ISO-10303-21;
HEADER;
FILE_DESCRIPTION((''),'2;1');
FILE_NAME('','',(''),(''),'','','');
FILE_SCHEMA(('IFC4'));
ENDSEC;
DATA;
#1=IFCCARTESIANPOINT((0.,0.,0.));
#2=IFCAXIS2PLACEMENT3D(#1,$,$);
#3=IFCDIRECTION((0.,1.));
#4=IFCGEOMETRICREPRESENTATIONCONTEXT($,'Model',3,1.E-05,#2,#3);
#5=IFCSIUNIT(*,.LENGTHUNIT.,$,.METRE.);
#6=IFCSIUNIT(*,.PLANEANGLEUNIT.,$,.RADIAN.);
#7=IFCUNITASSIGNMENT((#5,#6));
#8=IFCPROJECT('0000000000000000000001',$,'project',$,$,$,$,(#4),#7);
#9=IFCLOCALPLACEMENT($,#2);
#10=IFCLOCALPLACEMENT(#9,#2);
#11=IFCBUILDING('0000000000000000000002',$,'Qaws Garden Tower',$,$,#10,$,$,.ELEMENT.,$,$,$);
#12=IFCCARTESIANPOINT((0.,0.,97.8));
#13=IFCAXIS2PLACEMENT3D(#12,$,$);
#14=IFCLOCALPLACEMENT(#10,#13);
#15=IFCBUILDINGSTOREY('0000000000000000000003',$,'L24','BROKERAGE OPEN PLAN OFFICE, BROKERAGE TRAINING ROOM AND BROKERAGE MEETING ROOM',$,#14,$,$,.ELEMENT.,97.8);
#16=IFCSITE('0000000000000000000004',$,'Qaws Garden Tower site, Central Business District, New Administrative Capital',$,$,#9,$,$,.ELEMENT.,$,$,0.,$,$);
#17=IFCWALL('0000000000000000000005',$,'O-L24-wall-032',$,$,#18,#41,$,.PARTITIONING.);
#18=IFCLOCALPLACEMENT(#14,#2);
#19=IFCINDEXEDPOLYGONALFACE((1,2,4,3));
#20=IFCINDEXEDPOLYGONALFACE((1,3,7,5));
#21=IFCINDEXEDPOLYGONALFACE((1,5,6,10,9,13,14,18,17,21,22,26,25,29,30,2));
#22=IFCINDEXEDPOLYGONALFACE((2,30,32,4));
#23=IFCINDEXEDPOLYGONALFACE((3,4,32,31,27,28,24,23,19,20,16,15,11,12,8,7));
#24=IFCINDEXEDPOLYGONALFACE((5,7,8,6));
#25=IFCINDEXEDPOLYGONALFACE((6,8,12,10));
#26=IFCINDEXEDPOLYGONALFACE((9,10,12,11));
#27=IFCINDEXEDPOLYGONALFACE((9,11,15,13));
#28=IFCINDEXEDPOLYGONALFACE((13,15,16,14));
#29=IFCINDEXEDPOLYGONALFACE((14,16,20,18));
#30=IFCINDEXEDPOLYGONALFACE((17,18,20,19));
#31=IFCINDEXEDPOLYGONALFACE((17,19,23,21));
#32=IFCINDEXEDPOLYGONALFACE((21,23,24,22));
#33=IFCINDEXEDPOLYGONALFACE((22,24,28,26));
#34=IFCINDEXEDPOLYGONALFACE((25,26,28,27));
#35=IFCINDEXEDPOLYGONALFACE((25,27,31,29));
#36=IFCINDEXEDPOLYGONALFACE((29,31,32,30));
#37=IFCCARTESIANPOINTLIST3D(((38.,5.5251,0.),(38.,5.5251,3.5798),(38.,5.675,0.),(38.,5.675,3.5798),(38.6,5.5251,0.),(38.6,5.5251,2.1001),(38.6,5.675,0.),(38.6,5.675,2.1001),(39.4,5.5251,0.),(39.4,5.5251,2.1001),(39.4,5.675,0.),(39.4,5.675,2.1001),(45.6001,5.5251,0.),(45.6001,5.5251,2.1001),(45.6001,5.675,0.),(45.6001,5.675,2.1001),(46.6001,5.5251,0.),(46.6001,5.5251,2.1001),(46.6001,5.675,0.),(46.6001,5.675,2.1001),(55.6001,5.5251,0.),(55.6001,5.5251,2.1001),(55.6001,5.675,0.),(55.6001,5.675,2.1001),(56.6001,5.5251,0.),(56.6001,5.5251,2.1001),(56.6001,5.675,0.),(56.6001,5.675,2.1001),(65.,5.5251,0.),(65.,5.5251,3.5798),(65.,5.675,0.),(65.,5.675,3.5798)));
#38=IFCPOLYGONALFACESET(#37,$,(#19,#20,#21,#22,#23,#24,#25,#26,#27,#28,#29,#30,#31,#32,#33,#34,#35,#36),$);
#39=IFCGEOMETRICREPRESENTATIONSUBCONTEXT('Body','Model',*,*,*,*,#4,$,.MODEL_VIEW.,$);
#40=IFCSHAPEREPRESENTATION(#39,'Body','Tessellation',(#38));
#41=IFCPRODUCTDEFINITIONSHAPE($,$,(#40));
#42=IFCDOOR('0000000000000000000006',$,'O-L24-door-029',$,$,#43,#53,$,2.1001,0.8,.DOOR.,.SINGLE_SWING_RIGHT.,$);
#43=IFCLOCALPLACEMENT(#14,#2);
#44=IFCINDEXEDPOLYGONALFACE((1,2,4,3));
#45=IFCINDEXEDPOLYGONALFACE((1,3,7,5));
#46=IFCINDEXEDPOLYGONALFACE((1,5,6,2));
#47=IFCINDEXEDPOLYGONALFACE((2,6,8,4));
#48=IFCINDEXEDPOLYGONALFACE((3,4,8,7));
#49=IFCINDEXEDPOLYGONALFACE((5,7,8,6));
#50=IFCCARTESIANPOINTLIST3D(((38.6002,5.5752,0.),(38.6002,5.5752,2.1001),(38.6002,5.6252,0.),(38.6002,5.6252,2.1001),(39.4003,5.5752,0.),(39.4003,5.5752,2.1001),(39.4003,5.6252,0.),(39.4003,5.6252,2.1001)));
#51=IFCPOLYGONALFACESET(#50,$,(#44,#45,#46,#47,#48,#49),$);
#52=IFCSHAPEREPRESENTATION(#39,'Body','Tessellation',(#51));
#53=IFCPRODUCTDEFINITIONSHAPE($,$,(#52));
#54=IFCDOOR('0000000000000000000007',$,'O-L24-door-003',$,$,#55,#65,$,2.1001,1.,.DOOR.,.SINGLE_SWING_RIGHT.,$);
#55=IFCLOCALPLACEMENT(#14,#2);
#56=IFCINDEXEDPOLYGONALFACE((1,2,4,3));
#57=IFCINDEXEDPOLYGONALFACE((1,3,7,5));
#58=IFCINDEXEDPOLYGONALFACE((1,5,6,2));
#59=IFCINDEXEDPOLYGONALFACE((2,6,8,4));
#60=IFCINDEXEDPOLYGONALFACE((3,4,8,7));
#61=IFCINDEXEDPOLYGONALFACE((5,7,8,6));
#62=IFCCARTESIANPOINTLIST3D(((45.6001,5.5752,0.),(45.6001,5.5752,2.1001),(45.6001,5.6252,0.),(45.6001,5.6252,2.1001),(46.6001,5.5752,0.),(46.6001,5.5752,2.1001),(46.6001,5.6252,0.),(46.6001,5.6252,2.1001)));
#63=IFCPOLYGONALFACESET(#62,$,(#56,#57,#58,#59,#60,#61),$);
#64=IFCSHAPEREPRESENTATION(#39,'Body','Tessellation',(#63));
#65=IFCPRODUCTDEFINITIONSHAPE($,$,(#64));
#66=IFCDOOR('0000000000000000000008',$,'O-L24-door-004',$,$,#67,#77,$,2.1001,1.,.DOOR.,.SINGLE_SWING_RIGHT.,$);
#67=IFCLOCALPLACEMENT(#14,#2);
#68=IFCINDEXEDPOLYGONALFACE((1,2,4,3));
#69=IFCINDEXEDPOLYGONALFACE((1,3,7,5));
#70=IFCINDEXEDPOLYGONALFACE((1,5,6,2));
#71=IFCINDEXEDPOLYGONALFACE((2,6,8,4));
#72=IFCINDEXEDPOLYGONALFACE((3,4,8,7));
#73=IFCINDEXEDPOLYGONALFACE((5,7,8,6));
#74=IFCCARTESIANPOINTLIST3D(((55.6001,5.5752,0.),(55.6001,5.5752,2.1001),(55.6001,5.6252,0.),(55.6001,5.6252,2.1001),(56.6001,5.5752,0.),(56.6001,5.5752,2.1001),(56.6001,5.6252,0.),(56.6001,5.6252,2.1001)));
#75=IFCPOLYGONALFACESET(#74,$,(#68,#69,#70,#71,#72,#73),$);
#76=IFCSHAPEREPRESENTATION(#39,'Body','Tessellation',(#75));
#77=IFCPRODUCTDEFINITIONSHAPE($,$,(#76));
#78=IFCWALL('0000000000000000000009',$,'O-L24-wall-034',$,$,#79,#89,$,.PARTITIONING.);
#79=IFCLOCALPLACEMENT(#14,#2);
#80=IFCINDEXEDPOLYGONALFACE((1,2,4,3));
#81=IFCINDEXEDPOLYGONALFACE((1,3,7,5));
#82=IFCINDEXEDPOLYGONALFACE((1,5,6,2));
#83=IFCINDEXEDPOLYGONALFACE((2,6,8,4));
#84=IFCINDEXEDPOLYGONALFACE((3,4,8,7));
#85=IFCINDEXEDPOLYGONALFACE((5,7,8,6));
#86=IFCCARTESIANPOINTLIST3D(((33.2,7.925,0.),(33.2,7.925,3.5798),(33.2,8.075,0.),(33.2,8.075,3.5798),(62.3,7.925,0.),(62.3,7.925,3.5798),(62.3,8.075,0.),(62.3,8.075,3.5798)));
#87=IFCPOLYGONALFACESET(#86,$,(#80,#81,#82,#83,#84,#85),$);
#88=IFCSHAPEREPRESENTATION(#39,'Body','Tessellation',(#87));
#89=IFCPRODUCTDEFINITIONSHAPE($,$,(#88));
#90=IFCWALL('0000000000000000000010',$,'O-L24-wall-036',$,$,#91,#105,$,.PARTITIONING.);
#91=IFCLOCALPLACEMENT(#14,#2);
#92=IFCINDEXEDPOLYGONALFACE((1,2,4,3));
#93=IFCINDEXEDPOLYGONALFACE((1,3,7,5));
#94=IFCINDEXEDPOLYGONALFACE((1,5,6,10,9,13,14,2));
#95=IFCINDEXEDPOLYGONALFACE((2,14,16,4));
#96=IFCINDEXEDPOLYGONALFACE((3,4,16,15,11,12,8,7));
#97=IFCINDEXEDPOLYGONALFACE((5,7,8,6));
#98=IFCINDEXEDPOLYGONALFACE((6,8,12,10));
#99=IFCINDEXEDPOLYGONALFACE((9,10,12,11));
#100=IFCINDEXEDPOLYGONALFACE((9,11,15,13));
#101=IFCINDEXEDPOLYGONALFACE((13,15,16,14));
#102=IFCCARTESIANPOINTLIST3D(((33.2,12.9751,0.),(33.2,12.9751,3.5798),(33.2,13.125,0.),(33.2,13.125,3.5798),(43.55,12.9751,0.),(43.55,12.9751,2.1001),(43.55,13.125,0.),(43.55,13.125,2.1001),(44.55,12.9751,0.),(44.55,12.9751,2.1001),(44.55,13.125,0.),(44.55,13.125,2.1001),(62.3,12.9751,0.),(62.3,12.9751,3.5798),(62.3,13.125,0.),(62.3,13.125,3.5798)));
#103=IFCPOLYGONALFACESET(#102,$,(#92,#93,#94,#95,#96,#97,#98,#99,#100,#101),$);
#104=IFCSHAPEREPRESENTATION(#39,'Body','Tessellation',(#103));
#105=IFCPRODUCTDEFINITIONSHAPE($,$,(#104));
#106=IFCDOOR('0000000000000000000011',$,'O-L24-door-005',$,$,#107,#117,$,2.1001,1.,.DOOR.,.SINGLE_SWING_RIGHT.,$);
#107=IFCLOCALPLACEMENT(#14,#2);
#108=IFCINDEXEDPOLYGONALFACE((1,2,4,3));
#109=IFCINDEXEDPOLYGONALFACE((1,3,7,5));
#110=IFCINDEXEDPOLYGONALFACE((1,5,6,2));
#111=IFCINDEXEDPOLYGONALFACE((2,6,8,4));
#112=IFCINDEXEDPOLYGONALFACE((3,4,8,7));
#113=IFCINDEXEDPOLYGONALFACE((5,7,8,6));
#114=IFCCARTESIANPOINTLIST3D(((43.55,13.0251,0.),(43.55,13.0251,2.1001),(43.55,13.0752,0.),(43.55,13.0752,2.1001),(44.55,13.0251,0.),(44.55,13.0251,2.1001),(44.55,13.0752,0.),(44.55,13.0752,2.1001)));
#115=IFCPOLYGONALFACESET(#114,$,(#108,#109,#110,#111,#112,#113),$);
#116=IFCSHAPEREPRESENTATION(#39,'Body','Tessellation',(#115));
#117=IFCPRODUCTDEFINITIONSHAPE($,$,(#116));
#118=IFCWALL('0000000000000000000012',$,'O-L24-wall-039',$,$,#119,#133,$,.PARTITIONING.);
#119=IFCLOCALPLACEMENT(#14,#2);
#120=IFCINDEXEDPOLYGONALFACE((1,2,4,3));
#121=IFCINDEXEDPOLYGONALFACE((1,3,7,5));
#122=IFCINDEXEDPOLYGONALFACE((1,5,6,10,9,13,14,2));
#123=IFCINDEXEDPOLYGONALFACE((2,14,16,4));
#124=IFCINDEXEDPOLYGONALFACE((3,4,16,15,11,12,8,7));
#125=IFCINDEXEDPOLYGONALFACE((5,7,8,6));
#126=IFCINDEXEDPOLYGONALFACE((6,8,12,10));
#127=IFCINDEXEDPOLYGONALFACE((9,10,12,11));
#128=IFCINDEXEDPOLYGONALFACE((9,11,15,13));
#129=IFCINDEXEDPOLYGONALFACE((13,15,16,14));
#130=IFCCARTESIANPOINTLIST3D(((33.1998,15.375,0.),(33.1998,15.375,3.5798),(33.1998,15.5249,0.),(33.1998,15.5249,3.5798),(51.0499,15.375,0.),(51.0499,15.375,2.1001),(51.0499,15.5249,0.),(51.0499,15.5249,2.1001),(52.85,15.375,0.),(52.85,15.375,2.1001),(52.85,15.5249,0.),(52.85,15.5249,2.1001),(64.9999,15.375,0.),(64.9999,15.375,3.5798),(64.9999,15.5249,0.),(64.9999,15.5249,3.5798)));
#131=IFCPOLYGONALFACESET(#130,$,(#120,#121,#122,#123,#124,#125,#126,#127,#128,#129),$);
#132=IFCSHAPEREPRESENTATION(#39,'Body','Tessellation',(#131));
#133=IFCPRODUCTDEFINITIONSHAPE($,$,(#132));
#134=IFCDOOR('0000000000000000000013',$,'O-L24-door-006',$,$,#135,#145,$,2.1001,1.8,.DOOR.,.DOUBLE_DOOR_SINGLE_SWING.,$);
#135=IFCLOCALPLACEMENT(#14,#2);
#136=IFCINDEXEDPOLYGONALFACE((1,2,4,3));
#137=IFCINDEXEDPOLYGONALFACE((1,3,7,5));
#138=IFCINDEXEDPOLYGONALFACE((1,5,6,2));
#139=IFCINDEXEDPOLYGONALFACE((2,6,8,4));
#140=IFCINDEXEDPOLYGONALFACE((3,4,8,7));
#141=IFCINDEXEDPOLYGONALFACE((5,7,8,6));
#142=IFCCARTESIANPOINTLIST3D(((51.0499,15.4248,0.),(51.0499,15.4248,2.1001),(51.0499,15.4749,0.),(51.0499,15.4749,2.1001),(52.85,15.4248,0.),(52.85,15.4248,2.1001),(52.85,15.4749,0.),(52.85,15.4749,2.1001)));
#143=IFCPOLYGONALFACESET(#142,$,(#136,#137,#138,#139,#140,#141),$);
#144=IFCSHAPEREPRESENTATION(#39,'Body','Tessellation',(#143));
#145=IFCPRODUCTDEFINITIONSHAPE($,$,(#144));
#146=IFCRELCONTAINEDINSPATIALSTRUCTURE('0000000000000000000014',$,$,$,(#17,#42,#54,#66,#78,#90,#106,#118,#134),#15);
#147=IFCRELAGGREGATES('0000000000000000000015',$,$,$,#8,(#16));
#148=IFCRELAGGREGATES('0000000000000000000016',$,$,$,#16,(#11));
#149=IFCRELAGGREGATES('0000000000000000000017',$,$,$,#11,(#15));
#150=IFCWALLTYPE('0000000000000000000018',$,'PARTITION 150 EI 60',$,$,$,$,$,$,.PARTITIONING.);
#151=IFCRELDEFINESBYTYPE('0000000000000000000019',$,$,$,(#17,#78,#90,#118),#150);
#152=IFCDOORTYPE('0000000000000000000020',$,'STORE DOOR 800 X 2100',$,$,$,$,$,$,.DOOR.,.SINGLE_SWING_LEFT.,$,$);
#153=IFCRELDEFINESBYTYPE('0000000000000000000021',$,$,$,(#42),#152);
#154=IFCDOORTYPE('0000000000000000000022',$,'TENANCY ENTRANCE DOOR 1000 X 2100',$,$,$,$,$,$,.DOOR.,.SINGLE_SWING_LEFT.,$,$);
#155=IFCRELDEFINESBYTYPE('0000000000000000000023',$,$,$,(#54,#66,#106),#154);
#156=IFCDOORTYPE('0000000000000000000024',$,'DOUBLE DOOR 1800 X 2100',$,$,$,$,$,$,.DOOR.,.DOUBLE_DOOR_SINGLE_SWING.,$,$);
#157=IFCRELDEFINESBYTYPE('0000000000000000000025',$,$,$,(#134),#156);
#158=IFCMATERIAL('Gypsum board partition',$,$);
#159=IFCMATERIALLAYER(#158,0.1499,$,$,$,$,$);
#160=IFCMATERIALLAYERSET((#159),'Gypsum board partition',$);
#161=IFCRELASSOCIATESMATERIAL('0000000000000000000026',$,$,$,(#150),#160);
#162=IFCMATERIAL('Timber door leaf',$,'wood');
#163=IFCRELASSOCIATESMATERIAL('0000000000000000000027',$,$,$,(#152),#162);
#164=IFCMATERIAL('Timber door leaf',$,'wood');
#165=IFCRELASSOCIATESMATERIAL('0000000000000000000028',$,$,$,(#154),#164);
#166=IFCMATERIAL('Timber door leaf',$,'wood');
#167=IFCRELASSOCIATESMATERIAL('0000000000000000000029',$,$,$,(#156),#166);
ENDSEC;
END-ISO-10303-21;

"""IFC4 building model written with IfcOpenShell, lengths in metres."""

from ifc_helpers import new_model, si_unit, direction, frame, frame_2d, origin, place, context, subcontext, project, spatial, rectangle, extrude, material, layer, layer_set, type_object, element, fill, save


model = new_model("IFC4")

# Units and contexts
model_context = context("Model", 3, precision=1e-05, world=origin(), true_north=direction((0.0, 1.0)))
body_context = subcontext(model_context, "Body", "Model", "MODEL_VIEW")
ifc_project = project(units=[si_unit("LENGTHUNIT", "METRE"), si_unit("PLANEANGLEUNIT", "RADIAN")], contexts=[model_context])

# Site, building, storey
site_placement = place(None, origin())
site = spatial("IfcSite", under=ifc_project, at=site_placement, Name="Qaws Garden Tower site, Central Business District, New Administrative Capital", CompositionType="ELEMENT", RefElevation=0.0)
building_placement = place(site_placement, origin())
building = spatial("IfcBuilding", under=site, at=building_placement, Name="Qaws Garden Tower", CompositionType="ELEMENT")
storey_placement = place(building_placement, frame((0.0, 0.0, 97.8)))
storey = spatial("IfcBuildingStorey", under=building, at=storey_placement, Name="L24", Description="BROKERAGE OPEN PLAN OFFICE, BROKERAGE TRAINING ROOM AND BROKERAGE MEETING ROOM", CompositionType="ELEMENT", Elevation=97.8)

# Shared definitions
ifc_material_1 = material(Name="Gypsum board partition")
ifc_layer_1 = layer(ifc_material_1, 0.1499)
ifc_layer_set_1 = layer_set([ifc_layer_1], Name="Gypsum board partition")
wall_type_1 = type_object("IfcWallType", Name="PARTITION 150 EI 60", PredefinedType="PARTITIONING", material=ifc_layer_set_1)

# Wall, openings, doors
wall_1_placement = place(storey_placement, frame((38.0, 5.6001, 0.0), z_axis=(0.0, 0.0, 1.0), x_axis=(1.0, 0.0, 0.0)))
wall_1 = element("IfcWall", 1, at=wall_1_placement, inside=storey, type_object=wall_type_1, Name="O-L24-wall-032", PredefinedType="PARTITIONING", context=body_context, shape_type="SweptSolid", body=[
    extrude(rectangle(XDim=27.0, YDim=0.1499, at=frame_2d((13.5, 0.0))), origin(), (0.0, 0.0, 1.0), 3.5798),
])
opening_1_placement = place(wall_1_placement, frame((7.6001, 0.0, 0.0)))
opening_1 = element("IfcOpeningElement", 2, at=opening_1_placement, cuts=wall_1, PredefinedType="OPENING", context=body_context, shape_type="SweptSolid", body=[
    extrude(rectangle(XDim=1.0, YDim=2.1001, at=frame_2d((0.5, 1.05))), frame((0.0, 0.085, 0.0), z_axis=(0.0, -1.0, 0.0), x_axis=(1.0, 0.0, 0.0)), (0.0, 0.0, 1.0), 0.1699),
])
opening_2_placement = place(wall_1_placement, frame((17.6001, 0.0, 0.0)))
opening_2 = element("IfcOpeningElement", 3, at=opening_2_placement, cuts=wall_1, PredefinedType="OPENING", context=body_context, shape_type="SweptSolid", body=[
    extrude(rectangle(XDim=1.0, YDim=2.1001, at=frame_2d((0.5, 1.05))), frame((0.0, 0.085, 0.0), z_axis=(0.0, -1.0, 0.0), x_axis=(1.0, 0.0, 0.0)), (0.0, 0.0, 1.0), 0.1699),
])
opening_3_placement = place(wall_1_placement, frame((0.6001, 0.0, 0.0)))
opening_3 = element("IfcOpeningElement", 4, at=opening_3_placement, cuts=wall_1, PredefinedType="OPENING", context=body_context, shape_type="SweptSolid", body=[
    extrude(rectangle(XDim=0.8, YDim=2.1001, at=frame_2d((0.3999, 1.05))), frame((0.0, 0.085, 0.0), z_axis=(0.0, -1.0, 0.0), x_axis=(1.0, 0.0, 0.0)), (0.0, 0.0, 1.0), 0.1699),
])
ifc_material_2 = material(Name="Timber door leaf", Category="wood")
door_type_1 = type_object("IfcDoorType", Name="STORE DOOR 800 X 2100", OperationType="SINGLE_SWING_LEFT", PredefinedType="DOOR", material=ifc_material_2)
door_1_placement = place(opening_3_placement, frame((0.8, 0.0, 0.0), z_axis=(0.0, 0.0, 1.0), x_axis=(-1.0, 0.0, 0.0)))
door_1 = element("IfcDoor", 5, at=door_1_placement, inside=storey, type_object=door_type_1, Name="O-L24-door-029", OperationType="SINGLE_SWING_RIGHT", OverallHeight=2.1001, OverallWidth=0.8, PredefinedType="DOOR", context=body_context, shape_type="SweptSolid", body=[
    extrude(rectangle(XDim=0.8, YDim=2.1001, at=frame_2d((0.3999, 1.05))), frame((0.0, 0.0249, 0.0), z_axis=(0.0, -1.0, 0.0), x_axis=(1.0, 0.0, 0.0)), (0.0, 0.0, 1.0), 0.05),
])
fill(opening_3, door_1)
ifc_material_3 = material(Name="Timber door leaf", Category="wood")
door_type_2 = type_object("IfcDoorType", Name="TENANCY ENTRANCE DOOR 1000 X 2100", OperationType="SINGLE_SWING_LEFT", PredefinedType="DOOR", material=ifc_material_3)
door_2_placement = place(opening_1_placement, frame((1.0, 0.0, 0.0), z_axis=(0.0, 0.0, 1.0), x_axis=(-1.0, 0.0, 0.0)))
door_2 = element("IfcDoor", 6, at=door_2_placement, inside=storey, type_object=door_type_2, Name="O-L24-door-003", OperationType="SINGLE_SWING_RIGHT", OverallHeight=2.1001, OverallWidth=1.0, PredefinedType="DOOR", context=body_context, shape_type="SweptSolid", body=[
    extrude(rectangle(XDim=1.0, YDim=2.1001, at=frame_2d((0.5, 1.05))), frame((0.0, 0.0249, 0.0), z_axis=(0.0, -1.0, 0.0), x_axis=(1.0, 0.0, 0.0)), (0.0, 0.0, 1.0), 0.05),
])
fill(opening_1, door_2)
door_3_placement = place(opening_2_placement, frame((1.0, 0.0, 0.0), z_axis=(0.0, 0.0, 1.0), x_axis=(-1.0, 0.0, 0.0)))
door_3 = element("IfcDoor", 7, at=door_3_placement, inside=storey, type_object=door_type_2, Name="O-L24-door-004", OperationType="SINGLE_SWING_RIGHT", OverallHeight=2.1001, OverallWidth=1.0, PredefinedType="DOOR", context=body_context, shape_type="SweptSolid", body=[
    extrude(rectangle(XDim=1.0, YDim=2.1001, at=frame_2d((0.5, 1.05))), frame((0.0, 0.0249, 0.0), z_axis=(0.0, -1.0, 0.0), x_axis=(1.0, 0.0, 0.0)), (0.0, 0.0, 1.0), 0.05),
])
fill(opening_2, door_3)

# Wall
wall_2_placement = place(storey_placement, frame((33.2, 8.0, 0.0), z_axis=(0.0, 0.0, 1.0), x_axis=(1.0, 0.0, 0.0)))
element("IfcWall", 8, at=wall_2_placement, inside=storey, type_object=wall_type_1, Name="O-L24-wall-034", PredefinedType="PARTITIONING", context=body_context, shape_type="SweptSolid", body=[
    extrude(rectangle(XDim=29.1001, YDim=0.1499, at=frame_2d((14.55, 0.0))), origin(), (0.0, 0.0, 1.0), 3.5798),
])

# Walls, openings, doors
wall_3_placement = place(storey_placement, frame((33.2, 13.05, 0.0), z_axis=(0.0, 0.0, 1.0), x_axis=(1.0, 0.0, 0.0)))
wall_3 = element("IfcWall", 9, at=wall_3_placement, inside=storey, type_object=wall_type_1, Name="O-L24-wall-036", PredefinedType="PARTITIONING", context=body_context, shape_type="SweptSolid", body=[
    extrude(rectangle(XDim=29.1001, YDim=0.1499, at=frame_2d((14.55, 0.0))), origin(), (0.0, 0.0, 1.0), 3.5798),
])
opening_4_placement = place(wall_3_placement, frame((10.3501, 0.0, 0.0)))
opening_4 = element("IfcOpeningElement", 10, at=opening_4_placement, cuts=wall_3, PredefinedType="OPENING", context=body_context, shape_type="SweptSolid", body=[
    extrude(rectangle(XDim=1.0, YDim=2.1001, at=frame_2d((0.5, 1.05))), frame((0.0, 0.085, 0.0), z_axis=(0.0, -1.0, 0.0), x_axis=(1.0, 0.0, 0.0)), (0.0, 0.0, 1.0), 0.1699),
])
door_4_placement = place(opening_4_placement, frame((1.0, 0.0, 0.0), z_axis=(0.0, 0.0, 1.0), x_axis=(-1.0, 0.0, 0.0)))
door_4 = element("IfcDoor", 11, at=door_4_placement, inside=storey, type_object=door_type_2, Name="O-L24-door-005", OperationType="SINGLE_SWING_RIGHT", OverallHeight=2.1001, OverallWidth=1.0, PredefinedType="DOOR", context=body_context, shape_type="SweptSolid", body=[
    extrude(rectangle(XDim=1.0, YDim=2.1001, at=frame_2d((0.5, 1.05))), frame((0.0, 0.0249, 0.0), z_axis=(0.0, -1.0, 0.0), x_axis=(1.0, 0.0, 0.0)), (0.0, 0.0, 1.0), 0.05),
])
fill(opening_4, door_4)
wall_4_placement = place(storey_placement, frame((33.2, 15.45, 0.0), z_axis=(0.0, 0.0, 1.0), x_axis=(1.0, 0.0, 0.0)))
wall_4 = element("IfcWall", 12, at=wall_4_placement, inside=storey, type_object=wall_type_1, Name="O-L24-wall-039", PredefinedType="PARTITIONING", context=body_context, shape_type="SweptSolid", body=[
    extrude(rectangle(XDim=31.8, YDim=0.1499, at=frame_2d((15.8999, 0.0))), origin(), (0.0, 0.0, 1.0), 3.5798),
])
opening_5_placement = place(wall_4_placement, frame((17.8501, 0.0, 0.0)))
opening_5 = element("IfcOpeningElement", 13, at=opening_5_placement, cuts=wall_4, PredefinedType="OPENING", context=body_context, shape_type="SweptSolid", body=[
    extrude(rectangle(XDim=1.8, YDim=2.1001, at=frame_2d((0.8999, 1.05))), frame((0.0, 0.085, 0.0), z_axis=(0.0, -1.0, 0.0), x_axis=(1.0, 0.0, 0.0)), (0.0, 0.0, 1.0), 0.1699),
])
ifc_material_4 = material(Name="Timber door leaf", Category="wood")
door_type_3 = type_object("IfcDoorType", Name="DOUBLE DOOR 1800 X 2100", OperationType="DOUBLE_DOOR_SINGLE_SWING", PredefinedType="DOOR", material=ifc_material_4)
door_5_placement = place(opening_5_placement, origin())
door_5 = element("IfcDoor", 14, at=door_5_placement, inside=storey, type_object=door_type_3, Name="O-L24-door-006", OperationType="DOUBLE_DOOR_SINGLE_SWING", OverallHeight=2.1001, OverallWidth=1.8, PredefinedType="DOOR", context=body_context, shape_type="SweptSolid", body=[
    extrude(rectangle(XDim=1.8, YDim=2.1001, at=frame_2d((0.8999, 1.05))), frame((0.0, 0.0249, 0.0), z_axis=(0.0, -1.0, 0.0), x_axis=(1.0, 0.0, 0.0)), (0.0, 0.0, 1.0), 0.05),
])
fill(opening_5, door_5)

save(model, "model.ifc")
